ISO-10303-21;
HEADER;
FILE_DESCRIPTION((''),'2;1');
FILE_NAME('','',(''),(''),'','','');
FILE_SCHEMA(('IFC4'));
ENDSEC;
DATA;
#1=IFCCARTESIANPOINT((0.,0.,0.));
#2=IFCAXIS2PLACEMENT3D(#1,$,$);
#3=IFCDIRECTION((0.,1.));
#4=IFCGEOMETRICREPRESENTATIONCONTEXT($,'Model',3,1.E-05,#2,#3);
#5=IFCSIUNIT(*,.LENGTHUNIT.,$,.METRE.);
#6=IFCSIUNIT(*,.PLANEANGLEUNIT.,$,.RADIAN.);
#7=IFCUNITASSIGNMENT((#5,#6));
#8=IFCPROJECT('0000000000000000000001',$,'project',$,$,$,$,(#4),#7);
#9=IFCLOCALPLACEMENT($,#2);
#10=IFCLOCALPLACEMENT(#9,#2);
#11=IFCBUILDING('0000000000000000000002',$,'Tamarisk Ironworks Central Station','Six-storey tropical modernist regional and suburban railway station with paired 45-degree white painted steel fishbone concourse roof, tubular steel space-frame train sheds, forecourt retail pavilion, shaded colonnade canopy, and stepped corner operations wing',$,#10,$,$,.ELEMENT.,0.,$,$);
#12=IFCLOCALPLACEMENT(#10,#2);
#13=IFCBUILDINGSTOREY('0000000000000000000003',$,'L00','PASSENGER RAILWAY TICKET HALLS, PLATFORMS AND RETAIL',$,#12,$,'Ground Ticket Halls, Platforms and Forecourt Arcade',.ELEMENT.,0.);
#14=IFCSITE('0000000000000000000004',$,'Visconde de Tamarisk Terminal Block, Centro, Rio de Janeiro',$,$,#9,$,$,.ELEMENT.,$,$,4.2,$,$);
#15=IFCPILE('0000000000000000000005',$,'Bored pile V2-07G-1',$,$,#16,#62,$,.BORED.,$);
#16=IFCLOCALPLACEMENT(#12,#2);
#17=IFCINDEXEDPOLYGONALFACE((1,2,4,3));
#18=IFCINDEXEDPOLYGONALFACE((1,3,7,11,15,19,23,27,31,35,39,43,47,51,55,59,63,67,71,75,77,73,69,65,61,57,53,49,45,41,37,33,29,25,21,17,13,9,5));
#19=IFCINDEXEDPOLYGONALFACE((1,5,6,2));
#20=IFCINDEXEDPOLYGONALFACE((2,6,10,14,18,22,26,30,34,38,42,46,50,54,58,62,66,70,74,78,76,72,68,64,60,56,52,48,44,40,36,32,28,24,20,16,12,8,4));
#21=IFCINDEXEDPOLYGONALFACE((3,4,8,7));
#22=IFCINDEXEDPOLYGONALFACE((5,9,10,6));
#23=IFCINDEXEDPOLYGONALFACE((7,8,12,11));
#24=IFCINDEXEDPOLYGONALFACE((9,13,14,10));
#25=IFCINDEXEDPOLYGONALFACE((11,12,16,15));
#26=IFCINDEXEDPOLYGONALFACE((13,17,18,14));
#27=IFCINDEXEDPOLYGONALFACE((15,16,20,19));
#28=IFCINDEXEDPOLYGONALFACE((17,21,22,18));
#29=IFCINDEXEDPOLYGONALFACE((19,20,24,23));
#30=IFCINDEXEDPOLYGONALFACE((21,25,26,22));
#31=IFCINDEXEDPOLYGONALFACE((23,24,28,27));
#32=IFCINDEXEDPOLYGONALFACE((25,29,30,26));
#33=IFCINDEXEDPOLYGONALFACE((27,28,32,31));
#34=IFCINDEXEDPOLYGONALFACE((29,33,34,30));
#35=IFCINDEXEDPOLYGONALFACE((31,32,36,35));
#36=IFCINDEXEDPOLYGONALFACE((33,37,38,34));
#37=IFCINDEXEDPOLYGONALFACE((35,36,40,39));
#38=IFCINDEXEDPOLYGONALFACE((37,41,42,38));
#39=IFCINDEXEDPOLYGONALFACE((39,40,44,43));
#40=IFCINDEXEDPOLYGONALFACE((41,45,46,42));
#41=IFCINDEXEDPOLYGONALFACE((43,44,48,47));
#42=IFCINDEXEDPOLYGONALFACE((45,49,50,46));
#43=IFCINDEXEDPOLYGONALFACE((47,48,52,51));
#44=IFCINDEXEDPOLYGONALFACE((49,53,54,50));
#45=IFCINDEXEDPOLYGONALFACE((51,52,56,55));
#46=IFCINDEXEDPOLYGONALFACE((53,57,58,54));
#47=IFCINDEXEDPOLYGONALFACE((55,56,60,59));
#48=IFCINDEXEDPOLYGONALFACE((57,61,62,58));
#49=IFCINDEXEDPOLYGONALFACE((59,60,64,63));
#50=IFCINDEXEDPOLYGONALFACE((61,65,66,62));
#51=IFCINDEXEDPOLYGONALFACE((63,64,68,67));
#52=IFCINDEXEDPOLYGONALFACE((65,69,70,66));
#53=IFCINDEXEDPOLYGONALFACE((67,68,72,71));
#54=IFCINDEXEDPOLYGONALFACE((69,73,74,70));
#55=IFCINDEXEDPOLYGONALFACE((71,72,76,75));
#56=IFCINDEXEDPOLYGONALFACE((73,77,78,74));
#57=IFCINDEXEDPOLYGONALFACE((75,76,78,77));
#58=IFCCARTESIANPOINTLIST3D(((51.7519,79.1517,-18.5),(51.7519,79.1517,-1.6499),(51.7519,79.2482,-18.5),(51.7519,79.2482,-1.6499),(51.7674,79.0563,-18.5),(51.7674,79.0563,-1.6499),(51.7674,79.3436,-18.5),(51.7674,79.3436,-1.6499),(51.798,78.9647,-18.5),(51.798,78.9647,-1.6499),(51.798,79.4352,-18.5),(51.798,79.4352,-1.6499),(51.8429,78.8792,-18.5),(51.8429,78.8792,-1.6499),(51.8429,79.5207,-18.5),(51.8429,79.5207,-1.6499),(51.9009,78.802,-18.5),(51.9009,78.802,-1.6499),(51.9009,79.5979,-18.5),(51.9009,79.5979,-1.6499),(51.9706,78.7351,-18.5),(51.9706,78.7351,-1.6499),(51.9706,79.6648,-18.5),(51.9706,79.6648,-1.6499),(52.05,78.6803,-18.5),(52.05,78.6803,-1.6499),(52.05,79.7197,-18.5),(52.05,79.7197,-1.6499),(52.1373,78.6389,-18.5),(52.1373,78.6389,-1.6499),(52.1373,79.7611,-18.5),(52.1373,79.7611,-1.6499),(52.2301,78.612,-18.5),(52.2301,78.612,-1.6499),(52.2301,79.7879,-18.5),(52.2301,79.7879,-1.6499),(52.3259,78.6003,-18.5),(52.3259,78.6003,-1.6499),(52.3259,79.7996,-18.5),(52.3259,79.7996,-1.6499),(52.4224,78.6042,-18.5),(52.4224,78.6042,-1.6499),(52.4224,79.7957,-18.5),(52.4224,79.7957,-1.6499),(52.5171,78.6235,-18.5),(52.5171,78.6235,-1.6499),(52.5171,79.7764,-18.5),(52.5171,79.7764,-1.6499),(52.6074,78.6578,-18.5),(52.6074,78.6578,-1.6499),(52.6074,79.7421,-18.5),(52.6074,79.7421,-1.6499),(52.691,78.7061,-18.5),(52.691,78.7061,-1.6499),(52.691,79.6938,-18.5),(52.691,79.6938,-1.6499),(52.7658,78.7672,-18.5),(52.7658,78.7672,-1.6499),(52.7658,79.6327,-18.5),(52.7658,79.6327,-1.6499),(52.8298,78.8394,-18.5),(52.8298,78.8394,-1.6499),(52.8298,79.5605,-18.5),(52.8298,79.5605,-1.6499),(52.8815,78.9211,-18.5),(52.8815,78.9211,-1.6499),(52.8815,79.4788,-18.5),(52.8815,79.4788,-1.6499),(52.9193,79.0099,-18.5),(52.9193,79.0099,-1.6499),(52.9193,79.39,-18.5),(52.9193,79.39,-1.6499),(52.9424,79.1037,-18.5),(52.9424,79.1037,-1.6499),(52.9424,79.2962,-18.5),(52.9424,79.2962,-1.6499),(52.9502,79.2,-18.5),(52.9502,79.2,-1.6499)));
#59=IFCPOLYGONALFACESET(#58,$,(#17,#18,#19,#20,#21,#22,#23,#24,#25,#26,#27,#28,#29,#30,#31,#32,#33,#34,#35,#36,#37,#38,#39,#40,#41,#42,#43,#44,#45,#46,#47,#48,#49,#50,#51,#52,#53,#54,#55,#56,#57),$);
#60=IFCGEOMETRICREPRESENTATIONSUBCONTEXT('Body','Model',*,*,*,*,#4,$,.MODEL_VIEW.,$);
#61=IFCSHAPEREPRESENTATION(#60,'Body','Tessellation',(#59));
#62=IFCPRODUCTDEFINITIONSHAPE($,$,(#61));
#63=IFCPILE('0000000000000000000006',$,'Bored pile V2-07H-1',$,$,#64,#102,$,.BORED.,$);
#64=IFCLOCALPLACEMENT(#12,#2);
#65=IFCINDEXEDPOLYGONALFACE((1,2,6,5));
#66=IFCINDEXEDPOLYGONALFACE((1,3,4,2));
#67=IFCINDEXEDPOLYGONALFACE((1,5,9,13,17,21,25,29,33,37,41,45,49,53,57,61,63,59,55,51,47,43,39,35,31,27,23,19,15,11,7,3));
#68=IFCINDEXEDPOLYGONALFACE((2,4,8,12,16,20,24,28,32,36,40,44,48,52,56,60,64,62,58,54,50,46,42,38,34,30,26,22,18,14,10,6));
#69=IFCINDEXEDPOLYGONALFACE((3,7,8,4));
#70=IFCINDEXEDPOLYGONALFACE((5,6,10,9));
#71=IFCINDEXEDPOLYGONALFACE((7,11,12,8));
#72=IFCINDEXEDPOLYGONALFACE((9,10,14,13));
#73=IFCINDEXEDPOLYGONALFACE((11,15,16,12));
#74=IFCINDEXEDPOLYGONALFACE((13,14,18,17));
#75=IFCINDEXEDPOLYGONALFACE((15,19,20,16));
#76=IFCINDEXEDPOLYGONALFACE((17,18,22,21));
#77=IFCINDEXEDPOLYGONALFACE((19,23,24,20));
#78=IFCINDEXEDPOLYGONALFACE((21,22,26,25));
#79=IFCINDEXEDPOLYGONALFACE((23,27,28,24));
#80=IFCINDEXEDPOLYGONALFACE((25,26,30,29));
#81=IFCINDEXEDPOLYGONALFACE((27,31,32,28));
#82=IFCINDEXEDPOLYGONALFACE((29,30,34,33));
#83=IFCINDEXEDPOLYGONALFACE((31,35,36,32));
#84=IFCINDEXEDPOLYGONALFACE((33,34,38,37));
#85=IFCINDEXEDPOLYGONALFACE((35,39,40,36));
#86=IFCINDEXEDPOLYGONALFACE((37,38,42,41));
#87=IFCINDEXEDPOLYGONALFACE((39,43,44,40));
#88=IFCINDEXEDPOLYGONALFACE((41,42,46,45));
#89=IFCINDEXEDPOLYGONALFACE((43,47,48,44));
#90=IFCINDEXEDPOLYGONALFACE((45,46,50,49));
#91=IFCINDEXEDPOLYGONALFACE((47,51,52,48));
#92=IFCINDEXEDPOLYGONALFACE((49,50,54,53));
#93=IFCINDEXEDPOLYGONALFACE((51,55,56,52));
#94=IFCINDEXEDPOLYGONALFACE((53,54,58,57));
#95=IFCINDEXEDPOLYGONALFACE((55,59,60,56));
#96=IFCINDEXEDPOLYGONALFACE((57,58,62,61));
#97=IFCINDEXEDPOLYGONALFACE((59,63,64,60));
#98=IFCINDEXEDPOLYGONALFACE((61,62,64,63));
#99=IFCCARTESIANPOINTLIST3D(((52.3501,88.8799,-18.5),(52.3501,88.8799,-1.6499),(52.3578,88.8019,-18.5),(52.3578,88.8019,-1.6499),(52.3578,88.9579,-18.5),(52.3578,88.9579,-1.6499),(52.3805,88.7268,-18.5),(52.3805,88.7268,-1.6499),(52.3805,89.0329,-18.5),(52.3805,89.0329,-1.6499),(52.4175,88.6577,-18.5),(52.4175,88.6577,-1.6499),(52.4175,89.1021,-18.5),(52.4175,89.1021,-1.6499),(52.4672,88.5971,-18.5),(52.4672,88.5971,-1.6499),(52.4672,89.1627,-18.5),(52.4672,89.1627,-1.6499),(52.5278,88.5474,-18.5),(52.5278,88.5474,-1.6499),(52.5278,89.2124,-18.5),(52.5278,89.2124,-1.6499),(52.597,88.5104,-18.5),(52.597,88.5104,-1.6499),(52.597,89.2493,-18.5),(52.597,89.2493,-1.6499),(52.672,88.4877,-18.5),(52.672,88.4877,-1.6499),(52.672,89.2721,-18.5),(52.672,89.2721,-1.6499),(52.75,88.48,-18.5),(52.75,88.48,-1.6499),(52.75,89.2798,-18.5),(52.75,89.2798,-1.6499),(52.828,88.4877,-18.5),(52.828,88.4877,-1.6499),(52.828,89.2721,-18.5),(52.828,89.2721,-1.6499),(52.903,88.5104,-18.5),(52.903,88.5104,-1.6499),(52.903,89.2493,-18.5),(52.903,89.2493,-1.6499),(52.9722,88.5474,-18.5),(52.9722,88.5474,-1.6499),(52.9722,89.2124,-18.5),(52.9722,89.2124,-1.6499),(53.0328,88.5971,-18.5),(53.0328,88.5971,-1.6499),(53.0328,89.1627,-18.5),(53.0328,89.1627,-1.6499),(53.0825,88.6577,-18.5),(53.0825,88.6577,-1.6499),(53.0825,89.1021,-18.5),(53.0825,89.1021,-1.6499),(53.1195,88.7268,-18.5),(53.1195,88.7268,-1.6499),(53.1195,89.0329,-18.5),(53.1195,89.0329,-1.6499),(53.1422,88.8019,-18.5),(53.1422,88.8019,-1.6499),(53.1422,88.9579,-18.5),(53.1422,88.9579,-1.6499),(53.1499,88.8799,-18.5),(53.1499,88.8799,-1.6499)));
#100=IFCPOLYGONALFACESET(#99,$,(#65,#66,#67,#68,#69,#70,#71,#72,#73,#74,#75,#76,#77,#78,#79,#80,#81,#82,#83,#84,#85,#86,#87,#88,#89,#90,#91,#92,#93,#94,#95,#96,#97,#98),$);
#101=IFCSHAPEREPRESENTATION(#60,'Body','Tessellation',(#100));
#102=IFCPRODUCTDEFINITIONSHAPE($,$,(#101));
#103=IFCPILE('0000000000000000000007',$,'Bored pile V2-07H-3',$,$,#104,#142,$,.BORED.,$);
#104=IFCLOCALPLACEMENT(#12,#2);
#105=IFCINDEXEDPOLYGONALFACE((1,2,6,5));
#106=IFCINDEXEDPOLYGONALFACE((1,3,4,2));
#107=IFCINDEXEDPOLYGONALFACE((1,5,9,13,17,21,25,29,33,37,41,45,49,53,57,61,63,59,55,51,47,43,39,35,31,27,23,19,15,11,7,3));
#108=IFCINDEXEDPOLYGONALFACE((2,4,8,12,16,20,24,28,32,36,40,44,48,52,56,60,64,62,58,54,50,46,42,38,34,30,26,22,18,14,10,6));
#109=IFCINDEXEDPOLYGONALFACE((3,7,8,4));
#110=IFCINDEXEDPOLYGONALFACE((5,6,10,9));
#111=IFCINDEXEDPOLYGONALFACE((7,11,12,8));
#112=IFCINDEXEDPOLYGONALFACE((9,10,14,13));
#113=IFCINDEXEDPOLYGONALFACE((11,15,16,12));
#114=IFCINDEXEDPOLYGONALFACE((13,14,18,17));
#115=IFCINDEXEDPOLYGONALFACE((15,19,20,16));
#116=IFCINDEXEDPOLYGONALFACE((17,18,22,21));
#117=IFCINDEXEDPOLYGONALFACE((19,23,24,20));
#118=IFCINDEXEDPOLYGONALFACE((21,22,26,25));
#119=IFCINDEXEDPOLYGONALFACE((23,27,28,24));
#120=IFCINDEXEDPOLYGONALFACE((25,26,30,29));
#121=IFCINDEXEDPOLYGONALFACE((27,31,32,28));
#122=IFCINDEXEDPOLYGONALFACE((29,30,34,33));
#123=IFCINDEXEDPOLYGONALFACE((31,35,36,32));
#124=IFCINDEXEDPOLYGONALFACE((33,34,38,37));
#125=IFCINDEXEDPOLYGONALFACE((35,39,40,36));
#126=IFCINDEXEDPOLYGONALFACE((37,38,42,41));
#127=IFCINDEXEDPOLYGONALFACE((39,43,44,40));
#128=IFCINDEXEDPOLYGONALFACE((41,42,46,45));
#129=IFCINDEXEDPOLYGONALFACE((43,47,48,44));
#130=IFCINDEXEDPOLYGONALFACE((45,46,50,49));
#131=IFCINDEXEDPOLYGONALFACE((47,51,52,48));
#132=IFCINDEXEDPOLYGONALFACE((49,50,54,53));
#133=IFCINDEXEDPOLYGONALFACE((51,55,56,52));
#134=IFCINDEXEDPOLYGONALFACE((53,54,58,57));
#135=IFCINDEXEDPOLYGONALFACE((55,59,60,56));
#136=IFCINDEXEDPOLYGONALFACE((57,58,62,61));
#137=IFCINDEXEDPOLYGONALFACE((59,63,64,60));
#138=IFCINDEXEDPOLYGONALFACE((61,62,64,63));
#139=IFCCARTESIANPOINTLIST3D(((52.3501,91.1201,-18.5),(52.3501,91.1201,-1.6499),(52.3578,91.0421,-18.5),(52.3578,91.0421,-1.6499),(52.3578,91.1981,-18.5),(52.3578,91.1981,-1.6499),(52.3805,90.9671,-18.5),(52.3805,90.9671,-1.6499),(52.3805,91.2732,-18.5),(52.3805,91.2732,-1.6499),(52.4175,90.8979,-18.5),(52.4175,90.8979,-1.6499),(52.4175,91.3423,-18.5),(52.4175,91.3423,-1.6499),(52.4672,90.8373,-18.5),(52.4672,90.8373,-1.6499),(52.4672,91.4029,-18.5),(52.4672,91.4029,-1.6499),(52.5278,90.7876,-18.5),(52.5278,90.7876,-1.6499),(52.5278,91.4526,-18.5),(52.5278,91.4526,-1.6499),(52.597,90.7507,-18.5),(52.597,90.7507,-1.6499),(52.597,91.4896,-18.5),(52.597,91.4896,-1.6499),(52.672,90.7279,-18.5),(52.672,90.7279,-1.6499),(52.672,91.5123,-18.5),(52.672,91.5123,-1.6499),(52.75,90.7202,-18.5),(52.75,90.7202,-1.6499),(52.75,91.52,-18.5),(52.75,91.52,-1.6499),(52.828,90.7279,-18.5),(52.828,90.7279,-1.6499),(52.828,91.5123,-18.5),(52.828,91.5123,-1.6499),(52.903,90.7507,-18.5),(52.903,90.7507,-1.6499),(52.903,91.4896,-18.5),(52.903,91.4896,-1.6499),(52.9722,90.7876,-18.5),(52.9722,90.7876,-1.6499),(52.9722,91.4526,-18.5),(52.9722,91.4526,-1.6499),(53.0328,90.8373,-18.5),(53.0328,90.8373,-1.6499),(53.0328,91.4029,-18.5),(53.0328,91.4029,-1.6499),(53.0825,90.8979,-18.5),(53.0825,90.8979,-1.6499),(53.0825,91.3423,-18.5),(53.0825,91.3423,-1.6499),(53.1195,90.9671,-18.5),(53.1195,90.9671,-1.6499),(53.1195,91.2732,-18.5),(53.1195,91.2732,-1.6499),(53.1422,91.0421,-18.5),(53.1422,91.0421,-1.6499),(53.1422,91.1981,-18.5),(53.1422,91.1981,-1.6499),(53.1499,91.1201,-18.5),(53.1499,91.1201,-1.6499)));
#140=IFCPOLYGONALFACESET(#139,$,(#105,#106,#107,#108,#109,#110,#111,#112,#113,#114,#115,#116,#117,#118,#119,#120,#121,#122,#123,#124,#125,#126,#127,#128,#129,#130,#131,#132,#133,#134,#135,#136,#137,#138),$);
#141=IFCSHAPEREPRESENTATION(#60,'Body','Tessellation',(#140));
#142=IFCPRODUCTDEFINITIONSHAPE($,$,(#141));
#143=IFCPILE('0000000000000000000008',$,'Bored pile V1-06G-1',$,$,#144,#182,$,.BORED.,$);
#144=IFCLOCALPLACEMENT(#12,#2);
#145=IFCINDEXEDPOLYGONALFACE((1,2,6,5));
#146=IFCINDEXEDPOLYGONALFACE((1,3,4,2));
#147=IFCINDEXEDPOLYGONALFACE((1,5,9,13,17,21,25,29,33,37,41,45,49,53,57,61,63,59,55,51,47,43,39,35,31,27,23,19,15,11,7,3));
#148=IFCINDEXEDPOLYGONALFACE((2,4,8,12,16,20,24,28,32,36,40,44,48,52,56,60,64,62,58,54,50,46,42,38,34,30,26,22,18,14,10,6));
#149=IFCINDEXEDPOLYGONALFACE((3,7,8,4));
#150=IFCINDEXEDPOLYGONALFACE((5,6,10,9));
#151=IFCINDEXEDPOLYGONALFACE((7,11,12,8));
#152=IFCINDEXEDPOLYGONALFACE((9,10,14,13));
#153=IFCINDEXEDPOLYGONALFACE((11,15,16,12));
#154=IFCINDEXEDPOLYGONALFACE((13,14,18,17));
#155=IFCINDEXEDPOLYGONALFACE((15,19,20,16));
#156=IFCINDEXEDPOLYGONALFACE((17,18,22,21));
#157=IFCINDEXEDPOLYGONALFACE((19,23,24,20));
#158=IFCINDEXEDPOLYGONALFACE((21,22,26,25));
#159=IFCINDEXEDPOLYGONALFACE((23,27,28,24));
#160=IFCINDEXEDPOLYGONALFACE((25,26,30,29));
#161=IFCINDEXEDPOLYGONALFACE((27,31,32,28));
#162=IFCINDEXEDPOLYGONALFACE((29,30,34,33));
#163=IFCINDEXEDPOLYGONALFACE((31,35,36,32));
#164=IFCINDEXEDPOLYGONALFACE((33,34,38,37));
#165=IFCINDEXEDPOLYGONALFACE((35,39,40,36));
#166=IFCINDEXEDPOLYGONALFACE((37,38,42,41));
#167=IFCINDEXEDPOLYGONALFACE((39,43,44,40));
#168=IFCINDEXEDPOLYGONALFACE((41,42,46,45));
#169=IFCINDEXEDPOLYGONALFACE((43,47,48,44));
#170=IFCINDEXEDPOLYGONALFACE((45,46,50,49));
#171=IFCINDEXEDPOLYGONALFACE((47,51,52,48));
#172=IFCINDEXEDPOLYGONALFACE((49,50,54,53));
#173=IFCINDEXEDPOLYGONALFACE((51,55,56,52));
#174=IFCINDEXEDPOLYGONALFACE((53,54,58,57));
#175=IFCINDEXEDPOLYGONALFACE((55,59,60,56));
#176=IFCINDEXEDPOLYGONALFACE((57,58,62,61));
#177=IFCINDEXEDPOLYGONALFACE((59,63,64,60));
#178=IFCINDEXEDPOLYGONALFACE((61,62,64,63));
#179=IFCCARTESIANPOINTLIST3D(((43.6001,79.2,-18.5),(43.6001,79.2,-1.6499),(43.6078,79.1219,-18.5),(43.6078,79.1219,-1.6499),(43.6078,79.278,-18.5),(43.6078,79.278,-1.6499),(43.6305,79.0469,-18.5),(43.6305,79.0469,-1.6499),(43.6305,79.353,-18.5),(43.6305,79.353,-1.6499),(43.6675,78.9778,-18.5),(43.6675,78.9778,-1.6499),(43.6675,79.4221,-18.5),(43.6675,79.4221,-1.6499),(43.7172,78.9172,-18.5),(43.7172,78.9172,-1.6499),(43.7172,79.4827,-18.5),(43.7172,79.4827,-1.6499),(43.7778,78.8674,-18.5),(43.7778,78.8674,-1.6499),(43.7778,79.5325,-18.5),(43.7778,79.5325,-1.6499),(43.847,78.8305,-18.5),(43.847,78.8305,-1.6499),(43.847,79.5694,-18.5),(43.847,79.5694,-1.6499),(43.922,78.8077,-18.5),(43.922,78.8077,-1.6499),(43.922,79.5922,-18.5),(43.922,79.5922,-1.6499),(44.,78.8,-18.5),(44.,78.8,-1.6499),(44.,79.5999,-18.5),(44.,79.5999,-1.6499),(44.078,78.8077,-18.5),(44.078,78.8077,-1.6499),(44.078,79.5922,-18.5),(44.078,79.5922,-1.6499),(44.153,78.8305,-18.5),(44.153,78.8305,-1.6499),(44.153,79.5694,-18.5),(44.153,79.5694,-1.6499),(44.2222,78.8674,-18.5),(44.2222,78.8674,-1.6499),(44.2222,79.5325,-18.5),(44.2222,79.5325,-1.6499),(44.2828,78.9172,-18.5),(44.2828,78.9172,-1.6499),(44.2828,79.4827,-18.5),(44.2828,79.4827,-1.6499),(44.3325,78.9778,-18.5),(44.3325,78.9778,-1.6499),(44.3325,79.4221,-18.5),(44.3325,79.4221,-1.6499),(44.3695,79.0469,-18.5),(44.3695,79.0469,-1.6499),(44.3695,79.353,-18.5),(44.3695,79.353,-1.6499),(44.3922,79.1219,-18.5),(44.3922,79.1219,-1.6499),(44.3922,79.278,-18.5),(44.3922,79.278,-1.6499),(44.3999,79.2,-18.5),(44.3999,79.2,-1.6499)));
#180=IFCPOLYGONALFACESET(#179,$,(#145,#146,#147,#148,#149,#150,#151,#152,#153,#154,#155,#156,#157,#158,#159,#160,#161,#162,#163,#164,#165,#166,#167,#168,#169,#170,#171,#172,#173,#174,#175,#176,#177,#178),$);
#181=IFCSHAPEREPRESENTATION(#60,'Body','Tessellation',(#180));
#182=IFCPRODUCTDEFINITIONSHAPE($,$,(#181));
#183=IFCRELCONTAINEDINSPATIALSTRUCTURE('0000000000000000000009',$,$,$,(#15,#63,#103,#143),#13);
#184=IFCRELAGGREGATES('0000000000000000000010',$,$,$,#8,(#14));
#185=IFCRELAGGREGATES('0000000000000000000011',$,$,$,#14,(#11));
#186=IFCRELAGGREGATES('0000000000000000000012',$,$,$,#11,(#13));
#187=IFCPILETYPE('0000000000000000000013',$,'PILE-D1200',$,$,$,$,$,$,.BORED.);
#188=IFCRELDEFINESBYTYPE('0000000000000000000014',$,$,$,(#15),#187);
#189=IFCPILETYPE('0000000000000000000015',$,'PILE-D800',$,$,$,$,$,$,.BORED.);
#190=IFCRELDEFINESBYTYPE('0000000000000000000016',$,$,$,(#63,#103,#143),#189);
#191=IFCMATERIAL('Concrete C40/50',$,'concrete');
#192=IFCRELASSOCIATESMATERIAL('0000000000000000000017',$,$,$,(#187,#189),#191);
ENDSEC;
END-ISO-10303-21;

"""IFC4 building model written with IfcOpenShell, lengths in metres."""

from ifc_helpers import new_model, si_unit, direction, frame, origin, origin_2d, place, context, subcontext, project, spatial, circle, extrude, material, material_profile, profile_set, type_object, element, save


model = new_model("IFC4")

# Units and contexts
model_context = context("Model", 3, precision=1e-05, world=origin(), true_north=direction((0.0, 1.0)))
body_context = subcontext(model_context, "Body", "Model", "MODEL_VIEW")
ifc_project = project(units=[si_unit("LENGTHUNIT", "METRE"), si_unit("PLANEANGLEUNIT", "RADIAN")], contexts=[model_context])

# Site, building, storey
site_placement = place(None, origin())
site = spatial("IfcSite", under=ifc_project, at=site_placement, Name="Visconde de Tamarisk Terminal Block, Centro, Rio de Janeiro", CompositionType="ELEMENT", RefElevation=4.2)
building_placement = place(site_placement, origin())
building = spatial("IfcBuilding", under=site, at=building_placement, Name="Tamarisk Ironworks Central Station", Description="Six-storey tropical modernist regional and suburban railway station with paired 45-degree white painted steel fishbone concourse roof, tubular steel space-frame train sheds, forecourt retail pavilion, shaded colonnade canopy, and stepped corner operations wing", CompositionType="ELEMENT", ElevationOfRefHeight=0.0)
storey_placement = place(building_placement, origin())
storey = spatial("IfcBuildingStorey", under=building, at=storey_placement, Name="L00", Description="PASSENGER RAILWAY TICKET HALLS, PLATFORMS AND RETAIL", LongName="Ground Ticket Halls, Platforms and Forecourt Arcade", CompositionType="ELEMENT", Elevation=0.0)

# Shared definitions
ifc_material_1 = material(Name="Concrete C40/50", Category="concrete")

# Piles
ifc_material_profile_1 = material_profile(ifc_material_1, circle(Radius=0.6001, at=origin_2d()), Name="BORED PILE D1200")
ifc_profile_set_1 = profile_set([ifc_material_profile_1], Name="Concrete C40/50")
pile_type_1 = type_object("IfcPileType", Name="PILE-D1200", PredefinedType="BORED", material=ifc_profile_set_1)
pile_placement = place(storey_placement, frame((52.3501, 79.2, -1.6499), z_axis=(0.0, 0.0, -1.0), x_axis=(1.0, 0.0, 0.0)))
element("IfcPile", 1, at=pile_placement, inside=storey, type_object=pile_type_1, Name="Bored pile V2-07G-1", PredefinedType="BORED", context=body_context, shape_type="SweptSolid", body=[
    extrude(circle(Radius=0.6001, at=origin_2d()), origin(), (0.0, 0.0, 1.0), 16.8501),
])
ifc_material_profile_2 = material_profile(ifc_material_1, circle(Radius=0.3999, at=origin_2d()), Name="BORED PILE D800")
ifc_profile_set_2 = profile_set([ifc_material_profile_2], Name="Concrete C40/50")
pile_type_2 = type_object("IfcPileType", Name="PILE-D800", PredefinedType="BORED", material=ifc_profile_set_2)
for number, where, z_axis, x_axis, name in (
    (2, (52.75, 88.8799, -1.6499), (0.0, 0.0, -1.0), (1.0, 0.0, 0.0), "Bored pile V2-07H-1"),
    (3, (52.75, 91.1201, -1.6499), (0.0, 0.0, -1.0), (1.0, 0.0, 0.0), "Bored pile V2-07H-3"),
    (4, (44.0, 79.2, -1.6499), (0.0, 0.0, -1.0), (1.0, 0.0, 0.0), "Bored pile V1-06G-1"),
):
    element("IfcPile", number, at=place(storey_placement, frame(where, z_axis=z_axis, x_axis=x_axis)), inside=storey, type_object=pile_type_2, Name=name, PredefinedType="BORED", context=body_context, shape_type="SweptSolid", body=[
        extrude(circle(Radius=0.3999, at=origin_2d()), origin(), (0.0, 0.0, 1.0), 16.8501),
    ])

save(model, "model.ifc")
